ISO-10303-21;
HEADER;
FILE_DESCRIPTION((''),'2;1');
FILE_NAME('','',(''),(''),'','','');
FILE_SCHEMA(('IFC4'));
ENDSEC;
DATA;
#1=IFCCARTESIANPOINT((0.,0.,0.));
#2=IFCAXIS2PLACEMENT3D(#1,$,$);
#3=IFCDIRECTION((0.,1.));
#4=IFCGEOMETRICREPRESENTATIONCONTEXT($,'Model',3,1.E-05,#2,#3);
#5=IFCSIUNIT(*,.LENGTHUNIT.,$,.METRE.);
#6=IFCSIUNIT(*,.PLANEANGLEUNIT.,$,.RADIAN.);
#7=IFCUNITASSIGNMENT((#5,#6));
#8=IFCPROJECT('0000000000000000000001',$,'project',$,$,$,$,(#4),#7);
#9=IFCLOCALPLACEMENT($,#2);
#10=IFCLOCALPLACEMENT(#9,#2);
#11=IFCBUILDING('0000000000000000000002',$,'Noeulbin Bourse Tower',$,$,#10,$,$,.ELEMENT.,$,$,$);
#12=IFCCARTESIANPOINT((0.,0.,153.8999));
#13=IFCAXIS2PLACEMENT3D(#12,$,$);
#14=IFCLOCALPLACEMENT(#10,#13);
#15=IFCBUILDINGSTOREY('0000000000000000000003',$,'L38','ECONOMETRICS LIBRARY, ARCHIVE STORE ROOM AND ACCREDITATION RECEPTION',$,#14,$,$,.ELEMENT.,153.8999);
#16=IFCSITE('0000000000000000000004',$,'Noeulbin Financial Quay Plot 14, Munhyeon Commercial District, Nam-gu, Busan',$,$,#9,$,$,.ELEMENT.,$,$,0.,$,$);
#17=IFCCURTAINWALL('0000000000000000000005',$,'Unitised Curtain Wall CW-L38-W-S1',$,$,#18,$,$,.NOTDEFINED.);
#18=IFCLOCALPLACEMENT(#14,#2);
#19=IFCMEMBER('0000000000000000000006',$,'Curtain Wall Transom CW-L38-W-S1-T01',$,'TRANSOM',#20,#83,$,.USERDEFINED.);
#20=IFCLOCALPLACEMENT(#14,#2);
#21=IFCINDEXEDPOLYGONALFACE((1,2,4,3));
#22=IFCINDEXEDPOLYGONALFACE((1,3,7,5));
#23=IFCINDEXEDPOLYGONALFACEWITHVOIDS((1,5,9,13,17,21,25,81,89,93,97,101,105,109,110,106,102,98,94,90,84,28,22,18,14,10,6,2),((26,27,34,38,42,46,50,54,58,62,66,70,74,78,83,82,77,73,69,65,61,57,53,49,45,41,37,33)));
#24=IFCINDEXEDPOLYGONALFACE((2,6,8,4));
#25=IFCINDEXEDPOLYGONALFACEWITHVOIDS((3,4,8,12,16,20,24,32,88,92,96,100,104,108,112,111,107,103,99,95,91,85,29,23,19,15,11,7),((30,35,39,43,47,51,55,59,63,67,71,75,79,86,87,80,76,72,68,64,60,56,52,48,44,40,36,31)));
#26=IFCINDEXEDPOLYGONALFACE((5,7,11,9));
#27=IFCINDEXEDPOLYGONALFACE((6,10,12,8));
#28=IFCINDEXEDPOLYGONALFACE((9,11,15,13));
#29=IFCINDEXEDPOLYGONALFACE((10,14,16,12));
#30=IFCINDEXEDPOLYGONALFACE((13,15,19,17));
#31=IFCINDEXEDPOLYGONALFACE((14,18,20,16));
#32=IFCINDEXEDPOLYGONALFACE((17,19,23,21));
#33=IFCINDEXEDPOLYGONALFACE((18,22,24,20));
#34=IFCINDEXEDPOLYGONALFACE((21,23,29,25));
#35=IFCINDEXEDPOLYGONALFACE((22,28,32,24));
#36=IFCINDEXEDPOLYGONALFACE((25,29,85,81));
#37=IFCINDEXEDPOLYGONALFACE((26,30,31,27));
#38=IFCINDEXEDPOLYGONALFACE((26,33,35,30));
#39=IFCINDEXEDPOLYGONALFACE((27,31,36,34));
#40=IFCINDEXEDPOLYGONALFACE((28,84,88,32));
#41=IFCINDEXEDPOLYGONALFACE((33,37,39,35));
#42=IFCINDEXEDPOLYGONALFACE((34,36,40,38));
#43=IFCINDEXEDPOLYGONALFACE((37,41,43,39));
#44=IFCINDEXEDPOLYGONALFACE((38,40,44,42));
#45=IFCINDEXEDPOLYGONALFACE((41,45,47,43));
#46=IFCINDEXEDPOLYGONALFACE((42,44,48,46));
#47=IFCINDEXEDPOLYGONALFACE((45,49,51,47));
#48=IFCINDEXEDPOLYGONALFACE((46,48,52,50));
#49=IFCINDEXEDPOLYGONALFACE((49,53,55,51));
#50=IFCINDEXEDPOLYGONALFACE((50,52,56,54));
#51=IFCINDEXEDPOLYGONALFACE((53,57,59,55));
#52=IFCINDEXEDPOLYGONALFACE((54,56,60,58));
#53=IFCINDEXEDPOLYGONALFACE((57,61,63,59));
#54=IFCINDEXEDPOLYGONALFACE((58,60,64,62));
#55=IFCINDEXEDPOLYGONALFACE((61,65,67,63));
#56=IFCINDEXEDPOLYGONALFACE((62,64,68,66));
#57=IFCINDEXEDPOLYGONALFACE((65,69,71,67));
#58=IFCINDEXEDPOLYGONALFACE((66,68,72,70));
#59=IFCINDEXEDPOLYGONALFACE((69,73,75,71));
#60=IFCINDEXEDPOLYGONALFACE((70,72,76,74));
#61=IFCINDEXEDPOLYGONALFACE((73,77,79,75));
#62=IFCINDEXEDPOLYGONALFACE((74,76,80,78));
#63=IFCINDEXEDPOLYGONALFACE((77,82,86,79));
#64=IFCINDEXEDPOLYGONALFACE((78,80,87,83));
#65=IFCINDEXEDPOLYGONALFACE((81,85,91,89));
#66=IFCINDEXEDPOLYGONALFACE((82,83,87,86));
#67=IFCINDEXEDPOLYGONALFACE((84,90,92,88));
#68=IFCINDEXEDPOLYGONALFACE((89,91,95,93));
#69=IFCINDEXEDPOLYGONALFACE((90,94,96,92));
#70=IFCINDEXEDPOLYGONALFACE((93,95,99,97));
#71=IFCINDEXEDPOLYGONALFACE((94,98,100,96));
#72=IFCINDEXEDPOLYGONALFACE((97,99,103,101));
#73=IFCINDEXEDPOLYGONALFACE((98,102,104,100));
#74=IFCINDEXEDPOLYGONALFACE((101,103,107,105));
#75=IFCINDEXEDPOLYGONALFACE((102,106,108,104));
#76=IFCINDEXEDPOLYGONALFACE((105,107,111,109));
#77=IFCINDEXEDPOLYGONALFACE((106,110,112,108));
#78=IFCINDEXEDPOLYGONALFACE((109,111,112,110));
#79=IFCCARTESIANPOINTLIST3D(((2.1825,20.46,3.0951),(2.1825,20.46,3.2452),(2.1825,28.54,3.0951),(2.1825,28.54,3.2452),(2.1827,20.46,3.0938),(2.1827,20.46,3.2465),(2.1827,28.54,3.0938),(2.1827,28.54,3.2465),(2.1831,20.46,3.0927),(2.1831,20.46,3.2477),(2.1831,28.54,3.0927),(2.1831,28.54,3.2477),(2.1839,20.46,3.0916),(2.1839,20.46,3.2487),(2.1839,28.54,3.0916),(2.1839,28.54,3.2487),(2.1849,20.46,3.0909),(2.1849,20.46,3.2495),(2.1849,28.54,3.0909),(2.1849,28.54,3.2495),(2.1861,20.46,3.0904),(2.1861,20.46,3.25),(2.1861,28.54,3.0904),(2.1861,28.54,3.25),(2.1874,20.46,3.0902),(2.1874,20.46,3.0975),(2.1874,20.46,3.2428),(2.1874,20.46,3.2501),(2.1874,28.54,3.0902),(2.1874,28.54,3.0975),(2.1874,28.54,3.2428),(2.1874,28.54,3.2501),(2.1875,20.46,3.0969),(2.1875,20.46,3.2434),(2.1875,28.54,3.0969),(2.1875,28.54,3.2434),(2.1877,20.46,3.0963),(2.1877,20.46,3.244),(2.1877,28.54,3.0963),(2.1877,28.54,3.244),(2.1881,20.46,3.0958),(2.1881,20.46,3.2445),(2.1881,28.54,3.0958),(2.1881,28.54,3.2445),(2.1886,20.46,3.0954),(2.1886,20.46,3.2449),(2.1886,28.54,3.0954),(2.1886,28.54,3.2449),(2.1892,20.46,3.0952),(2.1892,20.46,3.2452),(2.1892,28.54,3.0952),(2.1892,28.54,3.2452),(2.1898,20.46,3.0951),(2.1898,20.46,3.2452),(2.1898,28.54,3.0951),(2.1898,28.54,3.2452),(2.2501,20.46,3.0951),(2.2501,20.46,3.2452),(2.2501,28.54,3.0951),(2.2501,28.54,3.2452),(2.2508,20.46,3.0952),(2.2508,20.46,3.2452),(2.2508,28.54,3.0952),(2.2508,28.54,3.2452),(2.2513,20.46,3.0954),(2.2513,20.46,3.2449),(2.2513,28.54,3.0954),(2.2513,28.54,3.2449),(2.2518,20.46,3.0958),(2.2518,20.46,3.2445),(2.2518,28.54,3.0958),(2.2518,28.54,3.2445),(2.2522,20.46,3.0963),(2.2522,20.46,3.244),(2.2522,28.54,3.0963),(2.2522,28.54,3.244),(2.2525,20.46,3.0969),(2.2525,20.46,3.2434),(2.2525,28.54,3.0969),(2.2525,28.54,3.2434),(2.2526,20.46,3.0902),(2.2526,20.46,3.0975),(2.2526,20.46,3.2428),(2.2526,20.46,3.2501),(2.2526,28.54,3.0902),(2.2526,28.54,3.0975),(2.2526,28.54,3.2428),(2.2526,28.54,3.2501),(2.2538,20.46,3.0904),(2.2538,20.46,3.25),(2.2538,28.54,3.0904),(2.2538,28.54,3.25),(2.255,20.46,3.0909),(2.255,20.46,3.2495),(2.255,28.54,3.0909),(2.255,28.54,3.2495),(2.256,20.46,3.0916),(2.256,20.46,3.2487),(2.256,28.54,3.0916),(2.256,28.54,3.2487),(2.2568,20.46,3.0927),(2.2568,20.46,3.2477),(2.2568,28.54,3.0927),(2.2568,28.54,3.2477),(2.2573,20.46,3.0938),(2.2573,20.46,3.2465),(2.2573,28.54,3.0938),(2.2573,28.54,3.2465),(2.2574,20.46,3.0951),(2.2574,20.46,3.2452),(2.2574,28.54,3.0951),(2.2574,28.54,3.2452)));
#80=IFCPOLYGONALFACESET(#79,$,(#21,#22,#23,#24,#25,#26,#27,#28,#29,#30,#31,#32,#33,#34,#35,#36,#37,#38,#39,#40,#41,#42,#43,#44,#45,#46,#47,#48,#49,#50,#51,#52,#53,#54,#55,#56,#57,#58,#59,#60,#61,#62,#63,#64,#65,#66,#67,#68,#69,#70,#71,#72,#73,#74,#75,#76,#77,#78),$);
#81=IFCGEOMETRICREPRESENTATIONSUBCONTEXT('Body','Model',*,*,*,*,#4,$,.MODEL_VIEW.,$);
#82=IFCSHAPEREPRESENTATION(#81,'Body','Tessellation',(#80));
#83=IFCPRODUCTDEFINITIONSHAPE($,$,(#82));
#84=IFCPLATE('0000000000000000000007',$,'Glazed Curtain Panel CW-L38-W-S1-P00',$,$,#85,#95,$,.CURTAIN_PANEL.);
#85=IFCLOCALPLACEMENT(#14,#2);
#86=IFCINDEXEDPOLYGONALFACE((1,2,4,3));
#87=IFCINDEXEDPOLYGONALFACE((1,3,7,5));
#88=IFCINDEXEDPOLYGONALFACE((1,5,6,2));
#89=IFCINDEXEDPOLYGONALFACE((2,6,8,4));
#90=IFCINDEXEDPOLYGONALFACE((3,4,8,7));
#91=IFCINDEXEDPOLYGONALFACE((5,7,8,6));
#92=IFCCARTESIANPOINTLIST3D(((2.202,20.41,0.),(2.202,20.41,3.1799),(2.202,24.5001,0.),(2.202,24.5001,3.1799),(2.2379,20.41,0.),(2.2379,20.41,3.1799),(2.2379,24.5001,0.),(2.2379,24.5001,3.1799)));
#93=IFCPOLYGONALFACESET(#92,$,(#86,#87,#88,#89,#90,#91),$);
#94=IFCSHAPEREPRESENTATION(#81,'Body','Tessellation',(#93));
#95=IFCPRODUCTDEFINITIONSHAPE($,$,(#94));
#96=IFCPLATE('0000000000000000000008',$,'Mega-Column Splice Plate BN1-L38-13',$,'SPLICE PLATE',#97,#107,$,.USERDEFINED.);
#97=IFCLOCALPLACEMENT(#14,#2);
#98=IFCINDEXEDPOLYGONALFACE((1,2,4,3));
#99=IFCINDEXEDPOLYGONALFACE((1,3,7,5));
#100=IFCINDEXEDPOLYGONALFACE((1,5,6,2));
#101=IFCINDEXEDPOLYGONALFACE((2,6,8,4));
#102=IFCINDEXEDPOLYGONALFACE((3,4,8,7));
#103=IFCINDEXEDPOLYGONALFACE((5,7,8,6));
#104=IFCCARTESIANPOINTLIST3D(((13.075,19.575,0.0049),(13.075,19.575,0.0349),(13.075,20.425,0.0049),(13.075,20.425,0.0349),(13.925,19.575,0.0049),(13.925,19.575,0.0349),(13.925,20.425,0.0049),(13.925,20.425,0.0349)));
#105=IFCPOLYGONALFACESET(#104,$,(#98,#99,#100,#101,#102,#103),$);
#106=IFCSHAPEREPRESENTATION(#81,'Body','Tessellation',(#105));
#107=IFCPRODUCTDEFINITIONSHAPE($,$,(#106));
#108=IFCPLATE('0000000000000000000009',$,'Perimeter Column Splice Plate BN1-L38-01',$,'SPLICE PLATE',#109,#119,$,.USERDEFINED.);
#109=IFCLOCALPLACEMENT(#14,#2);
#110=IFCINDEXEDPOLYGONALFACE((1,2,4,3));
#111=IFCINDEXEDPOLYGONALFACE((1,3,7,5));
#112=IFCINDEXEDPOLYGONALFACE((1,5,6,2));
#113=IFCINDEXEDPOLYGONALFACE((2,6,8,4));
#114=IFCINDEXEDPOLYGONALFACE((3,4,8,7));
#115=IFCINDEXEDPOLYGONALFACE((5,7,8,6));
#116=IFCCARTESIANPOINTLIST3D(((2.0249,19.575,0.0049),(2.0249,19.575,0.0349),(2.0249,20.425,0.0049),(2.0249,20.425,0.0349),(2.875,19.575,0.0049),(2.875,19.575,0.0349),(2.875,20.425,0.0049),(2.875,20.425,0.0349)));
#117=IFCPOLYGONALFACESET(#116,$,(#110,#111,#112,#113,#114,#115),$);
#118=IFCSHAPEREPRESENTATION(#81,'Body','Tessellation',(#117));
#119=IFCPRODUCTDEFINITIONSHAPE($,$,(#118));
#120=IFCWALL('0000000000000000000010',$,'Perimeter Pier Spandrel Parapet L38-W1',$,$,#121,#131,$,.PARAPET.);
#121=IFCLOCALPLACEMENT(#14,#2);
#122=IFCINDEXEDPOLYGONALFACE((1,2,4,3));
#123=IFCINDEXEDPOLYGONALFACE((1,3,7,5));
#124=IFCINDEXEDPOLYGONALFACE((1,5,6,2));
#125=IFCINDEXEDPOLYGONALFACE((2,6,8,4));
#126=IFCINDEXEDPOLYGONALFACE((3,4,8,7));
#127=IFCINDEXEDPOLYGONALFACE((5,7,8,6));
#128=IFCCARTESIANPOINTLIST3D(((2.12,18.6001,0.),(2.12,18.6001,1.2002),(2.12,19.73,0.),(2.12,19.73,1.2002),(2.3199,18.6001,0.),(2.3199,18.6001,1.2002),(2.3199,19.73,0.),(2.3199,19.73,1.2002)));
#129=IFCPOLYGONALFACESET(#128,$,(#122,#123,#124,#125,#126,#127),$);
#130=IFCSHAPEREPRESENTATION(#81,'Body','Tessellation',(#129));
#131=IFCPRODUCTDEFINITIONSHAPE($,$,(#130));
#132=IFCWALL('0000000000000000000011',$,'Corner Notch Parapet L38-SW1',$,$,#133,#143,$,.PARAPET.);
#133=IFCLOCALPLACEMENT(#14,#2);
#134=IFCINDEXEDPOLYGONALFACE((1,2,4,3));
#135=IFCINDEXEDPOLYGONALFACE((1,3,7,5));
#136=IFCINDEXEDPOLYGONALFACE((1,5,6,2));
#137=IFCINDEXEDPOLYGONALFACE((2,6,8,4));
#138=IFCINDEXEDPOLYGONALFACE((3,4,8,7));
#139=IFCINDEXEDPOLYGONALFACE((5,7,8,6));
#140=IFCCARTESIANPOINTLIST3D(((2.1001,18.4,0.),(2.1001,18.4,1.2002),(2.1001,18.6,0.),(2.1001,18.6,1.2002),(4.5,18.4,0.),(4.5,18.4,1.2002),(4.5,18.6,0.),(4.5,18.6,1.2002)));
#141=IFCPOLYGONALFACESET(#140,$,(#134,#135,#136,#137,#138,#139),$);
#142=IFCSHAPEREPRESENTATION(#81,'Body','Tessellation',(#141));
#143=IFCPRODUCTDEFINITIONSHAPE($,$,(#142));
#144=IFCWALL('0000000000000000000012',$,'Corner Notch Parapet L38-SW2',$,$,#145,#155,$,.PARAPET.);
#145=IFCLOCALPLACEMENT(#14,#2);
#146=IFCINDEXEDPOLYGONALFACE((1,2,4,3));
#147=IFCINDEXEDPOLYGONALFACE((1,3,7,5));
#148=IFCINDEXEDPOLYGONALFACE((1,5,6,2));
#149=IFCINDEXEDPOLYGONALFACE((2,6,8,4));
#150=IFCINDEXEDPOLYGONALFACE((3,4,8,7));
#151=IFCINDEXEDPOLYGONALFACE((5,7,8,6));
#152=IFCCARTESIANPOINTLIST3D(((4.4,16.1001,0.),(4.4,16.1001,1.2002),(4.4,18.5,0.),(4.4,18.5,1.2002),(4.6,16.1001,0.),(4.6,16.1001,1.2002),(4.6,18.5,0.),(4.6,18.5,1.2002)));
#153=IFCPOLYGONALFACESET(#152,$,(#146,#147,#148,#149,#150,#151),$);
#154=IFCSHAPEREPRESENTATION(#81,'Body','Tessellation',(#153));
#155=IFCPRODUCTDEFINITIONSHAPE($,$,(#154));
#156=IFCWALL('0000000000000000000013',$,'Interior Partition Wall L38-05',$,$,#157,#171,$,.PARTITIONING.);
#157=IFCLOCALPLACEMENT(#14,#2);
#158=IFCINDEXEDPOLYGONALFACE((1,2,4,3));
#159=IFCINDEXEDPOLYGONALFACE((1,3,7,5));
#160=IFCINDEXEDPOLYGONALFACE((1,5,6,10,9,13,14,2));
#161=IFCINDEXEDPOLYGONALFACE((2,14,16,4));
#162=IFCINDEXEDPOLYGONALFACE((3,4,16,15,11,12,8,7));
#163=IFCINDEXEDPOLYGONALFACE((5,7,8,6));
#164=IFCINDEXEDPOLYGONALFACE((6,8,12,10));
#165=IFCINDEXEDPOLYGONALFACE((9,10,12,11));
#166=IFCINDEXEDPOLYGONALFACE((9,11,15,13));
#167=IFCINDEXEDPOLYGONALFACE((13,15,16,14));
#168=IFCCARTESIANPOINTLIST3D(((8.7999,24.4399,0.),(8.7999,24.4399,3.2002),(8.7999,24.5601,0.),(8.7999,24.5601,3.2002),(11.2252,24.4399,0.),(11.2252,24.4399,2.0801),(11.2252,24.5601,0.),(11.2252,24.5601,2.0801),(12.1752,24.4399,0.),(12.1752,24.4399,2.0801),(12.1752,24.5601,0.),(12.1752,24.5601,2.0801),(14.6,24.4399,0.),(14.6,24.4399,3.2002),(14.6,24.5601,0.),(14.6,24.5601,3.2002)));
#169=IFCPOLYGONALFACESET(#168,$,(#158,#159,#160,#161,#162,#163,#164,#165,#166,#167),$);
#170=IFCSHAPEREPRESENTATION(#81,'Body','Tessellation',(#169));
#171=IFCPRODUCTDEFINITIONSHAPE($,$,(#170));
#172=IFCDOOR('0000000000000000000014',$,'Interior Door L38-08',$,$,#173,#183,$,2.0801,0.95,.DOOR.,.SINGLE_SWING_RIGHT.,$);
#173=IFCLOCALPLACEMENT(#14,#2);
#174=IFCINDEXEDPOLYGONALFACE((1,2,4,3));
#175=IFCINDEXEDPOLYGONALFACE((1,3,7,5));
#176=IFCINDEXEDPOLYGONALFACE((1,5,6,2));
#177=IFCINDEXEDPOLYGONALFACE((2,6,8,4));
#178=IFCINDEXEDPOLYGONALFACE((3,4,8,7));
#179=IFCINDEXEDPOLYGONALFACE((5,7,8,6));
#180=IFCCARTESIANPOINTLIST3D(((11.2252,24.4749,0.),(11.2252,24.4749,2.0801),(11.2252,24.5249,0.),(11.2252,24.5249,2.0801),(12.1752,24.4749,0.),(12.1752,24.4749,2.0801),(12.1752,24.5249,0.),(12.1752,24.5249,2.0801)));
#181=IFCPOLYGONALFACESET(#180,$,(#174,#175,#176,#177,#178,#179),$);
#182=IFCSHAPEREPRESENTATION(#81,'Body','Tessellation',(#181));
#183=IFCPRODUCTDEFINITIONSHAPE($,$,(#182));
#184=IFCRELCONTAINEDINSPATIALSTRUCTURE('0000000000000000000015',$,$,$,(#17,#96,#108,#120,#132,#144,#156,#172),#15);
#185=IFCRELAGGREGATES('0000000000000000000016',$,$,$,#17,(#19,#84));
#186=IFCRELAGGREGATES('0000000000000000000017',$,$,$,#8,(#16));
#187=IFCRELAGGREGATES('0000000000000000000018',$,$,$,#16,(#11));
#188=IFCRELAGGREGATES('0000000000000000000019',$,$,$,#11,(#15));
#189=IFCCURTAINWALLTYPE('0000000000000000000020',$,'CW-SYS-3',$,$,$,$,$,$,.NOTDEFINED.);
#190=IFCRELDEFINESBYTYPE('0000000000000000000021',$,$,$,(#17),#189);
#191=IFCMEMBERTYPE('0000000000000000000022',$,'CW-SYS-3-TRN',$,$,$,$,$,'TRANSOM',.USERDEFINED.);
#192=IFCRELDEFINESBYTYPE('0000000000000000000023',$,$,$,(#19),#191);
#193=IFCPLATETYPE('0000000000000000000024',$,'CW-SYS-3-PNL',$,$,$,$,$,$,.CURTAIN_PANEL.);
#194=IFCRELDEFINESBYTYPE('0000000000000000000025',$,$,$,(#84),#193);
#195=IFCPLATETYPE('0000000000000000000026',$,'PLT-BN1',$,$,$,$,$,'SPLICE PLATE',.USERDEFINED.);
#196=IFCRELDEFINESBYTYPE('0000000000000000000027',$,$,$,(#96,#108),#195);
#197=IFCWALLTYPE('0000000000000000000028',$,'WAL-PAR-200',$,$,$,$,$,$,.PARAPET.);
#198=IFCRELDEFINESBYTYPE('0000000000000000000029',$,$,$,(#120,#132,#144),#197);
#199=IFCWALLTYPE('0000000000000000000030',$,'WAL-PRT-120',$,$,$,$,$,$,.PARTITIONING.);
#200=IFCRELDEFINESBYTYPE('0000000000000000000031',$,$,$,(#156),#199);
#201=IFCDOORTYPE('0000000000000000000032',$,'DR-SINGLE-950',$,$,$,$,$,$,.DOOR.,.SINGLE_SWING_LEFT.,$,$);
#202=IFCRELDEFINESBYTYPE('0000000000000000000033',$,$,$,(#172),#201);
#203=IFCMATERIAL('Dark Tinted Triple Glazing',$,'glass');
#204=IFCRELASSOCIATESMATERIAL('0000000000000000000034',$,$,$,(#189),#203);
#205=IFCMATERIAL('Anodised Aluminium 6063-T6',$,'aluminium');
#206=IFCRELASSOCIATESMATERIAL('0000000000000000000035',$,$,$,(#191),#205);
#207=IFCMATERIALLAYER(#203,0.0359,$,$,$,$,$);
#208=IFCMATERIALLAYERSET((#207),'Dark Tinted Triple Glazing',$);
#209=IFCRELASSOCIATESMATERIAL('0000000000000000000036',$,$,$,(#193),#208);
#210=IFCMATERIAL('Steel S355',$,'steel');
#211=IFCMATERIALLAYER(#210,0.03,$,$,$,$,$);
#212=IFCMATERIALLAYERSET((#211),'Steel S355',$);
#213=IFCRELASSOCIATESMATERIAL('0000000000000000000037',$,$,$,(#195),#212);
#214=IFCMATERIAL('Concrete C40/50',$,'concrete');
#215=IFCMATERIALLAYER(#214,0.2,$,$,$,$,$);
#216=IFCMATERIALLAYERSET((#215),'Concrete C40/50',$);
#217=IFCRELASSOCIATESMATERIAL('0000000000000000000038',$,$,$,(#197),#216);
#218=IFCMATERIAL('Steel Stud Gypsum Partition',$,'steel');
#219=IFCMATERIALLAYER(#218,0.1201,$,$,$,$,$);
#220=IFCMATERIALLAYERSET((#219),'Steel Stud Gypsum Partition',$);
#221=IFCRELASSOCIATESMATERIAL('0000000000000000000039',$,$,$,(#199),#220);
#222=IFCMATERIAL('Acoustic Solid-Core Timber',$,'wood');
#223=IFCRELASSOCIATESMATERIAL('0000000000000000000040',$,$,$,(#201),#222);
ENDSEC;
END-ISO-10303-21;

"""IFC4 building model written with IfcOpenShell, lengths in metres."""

from ifc_helpers import new_model, si_unit, direction, frame, frame_2d, origin, origin_2d, place, context, subcontext, project, spatial, rectangle, hollow_rectangle, extrude, material, layer, layer_set, material_profile, profile_set, type_object, element, fill, aggregate, save


model = new_model("IFC4")

# Units and contexts
model_context = context("Model", 3, precision=1e-05, world=origin(), true_north=direction((0.0, 1.0)))
body_context = subcontext(model_context, "Body", "Model", "MODEL_VIEW")
ifc_project = project(units=[si_unit("LENGTHUNIT", "METRE"), si_unit("PLANEANGLEUNIT", "RADIAN")], contexts=[model_context])

# Site, building, storey
site_placement = place(None, origin())
site = spatial("IfcSite", under=ifc_project, at=site_placement, Name="Noeulbin Financial Quay Plot 14, Munhyeon Commercial District, Nam-gu, Busan", CompositionType="ELEMENT", RefElevation=0.0)
building_placement = place(site_placement, origin())
building = spatial("IfcBuilding", under=site, at=building_placement, Name="Noeulbin Bourse Tower", CompositionType="ELEMENT")
storey_placement = place(building_placement, frame((0.0, 0.0, 153.8999)))
storey = spatial("IfcBuildingStorey", under=building, at=storey_placement, Name="L38", Description="ECONOMETRICS LIBRARY, ARCHIVE STORE ROOM AND ACCREDITATION RECEPTION", CompositionType="ELEMENT", Elevation=153.8999)

# Shared definitions
ifc_material_1 = material(Name="Steel S355", Category="steel")

# Curtain wall, member, plate
ifc_material_2 = material(Name="Dark Tinted Triple Glazing", Category="glass")
curtain_wall_type = type_object("IfcCurtainWallType", Name="CW-SYS-3", PredefinedType="NOTDEFINED", material=ifc_material_2)
curtain_wall_placement = place(storey_placement, origin())
curtain_wall = element("IfcCurtainWall", 1, at=curtain_wall_placement, inside=storey, type_object=curtain_wall_type, Name="Unitised Curtain Wall CW-L38-W-S1", PredefinedType="NOTDEFINED")
ifc_material_3 = material(Name="Anodised Aluminium 6063-T6", Category="aluminium")
ifc_material_profile_1 = material_profile(ifc_material_3, hollow_rectangle(XDim=0.075, YDim=0.1599, WallThickness=0.0049, InnerFilletRadius=0.0024, OuterFilletRadius=0.0049, at=origin_2d()), Name="ALU-TRAN-75x160x5", Category="LoadBearing")
ifc_profile_set_1 = profile_set([ifc_material_profile_1], Name="Anodised Aluminium 6063-T6")
member_type_1 = type_object("IfcMemberType", Name="CW-SYS-3-TRN", ElementType="TRANSOM", PredefinedType="USERDEFINED", material=ifc_profile_set_1)
member_1_placement = place(storey_placement, frame((2.22, 20.46, 3.1702), z_axis=(0.0, 1.0, 0.0), x_axis=(-1.0, 0.0, 0.0)))
member_1 = element("IfcMember", 2, at=member_1_placement, type_object=member_type_1, Name="Curtain Wall Transom CW-L38-W-S1-T01", ObjectType="TRANSOM", PredefinedType="USERDEFINED", context=body_context, shape_type="SweptSolid", body=[
    extrude(hollow_rectangle(XDim=0.075, YDim=0.1599, WallThickness=0.0049, InnerFilletRadius=0.0024, OuterFilletRadius=0.0049, at=origin_2d()), origin(), (0.0, 0.0, 1.0), 8.0801),
])
ifc_layer_1 = layer(ifc_material_2, 0.0359)
ifc_layer_set_1 = layer_set([ifc_layer_1], Name="Dark Tinted Triple Glazing")
plate_type_1 = type_object("IfcPlateType", Name="CW-SYS-3-PNL", PredefinedType="CURTAIN_PANEL", material=ifc_layer_set_1)
plate_placement = place(storey_placement, frame((2.22, 22.4551, 0.0), z_axis=(0.0, 0.0, 1.0), x_axis=(0.0, 1.0, 0.0)))
plate = element("IfcPlate", 3, at=plate_placement, type_object=plate_type_1, Name="Glazed Curtain Panel CW-L38-W-S1-P00", PredefinedType="CURTAIN_PANEL", context=body_context, shape_type="SweptSolid", body=[
    extrude(rectangle(XDim=4.0901, YDim=0.0359, at=origin_2d()), origin(), (0.0, 0.0, 1.0), 3.1799),
])
aggregate(curtain_wall, [member_1, plate])

# Plates
ifc_layer_2 = layer(ifc_material_1, 0.03)
ifc_layer_set_2 = layer_set([ifc_layer_2], Name="Steel S355")
plate_type_2 = type_object("IfcPlateType", Name="PLT-BN1", ElementType="SPLICE PLATE", PredefinedType="USERDEFINED", material=ifc_layer_set_2)
for number, where, z_axis, x_axis, name in (
    (4, (13.5, 20.0, 0.0049), (0.0, 0.0, 1.0), (1.0, 0.0, 0.0), "Mega-Column Splice Plate BN1-L38-13"),
    (5, (2.45, 20.0, 0.0049), (0.0, 0.0, 1.0), (1.0, 0.0, 0.0), "Perimeter Column Splice Plate BN1-L38-01"),
):
    element("IfcPlate", number, at=place(storey_placement, frame(where, z_axis=z_axis, x_axis=x_axis)), inside=storey, type_object=plate_type_2, Name=name, ObjectType="SPLICE PLATE", PredefinedType="USERDEFINED", context=body_context, shape_type="SweptSolid", body=[
        extrude(rectangle(XDim=0.8501, YDim=0.8501, at=origin_2d()), origin(), (0.0, 0.0, 1.0), 0.03),
    ])

# Walls
ifc_material_4 = material(Name="Concrete C40/50", Category="concrete")
ifc_layer_3 = layer(ifc_material_4, 0.2)
ifc_layer_set_3 = layer_set([ifc_layer_3], Name="Concrete C40/50")
wall_type_1 = type_object("IfcWallType", Name="WAL-PAR-200", PredefinedType="PARAPET", material=ifc_layer_set_3)
wall_1_placement = place(storey_placement, frame((2.22, 18.6001, 0.0), z_axis=(0.0, 0.0, 1.0), x_axis=(0.0, 1.0, 0.0)))
element("IfcWall", 6, at=wall_1_placement, inside=storey, type_object=wall_type_1, Name="Perimeter Pier Spandrel Parapet L38-W1", PredefinedType="PARAPET", context=body_context, shape_type="SweptSolid", body=[
    extrude(rectangle(XDim=1.1299, YDim=0.2, at=frame_2d((0.5649, 0.0))), origin(), (0.0, 0.0, 1.0), 1.2002),
])
for number, where, z_axis, x_axis, name in (
    (7, (2.1001, 18.5, 0.0), (0.0, 0.0, 1.0), (1.0, 0.0, 0.0), "Corner Notch Parapet L38-SW1"),
    (8, (4.5, 18.5, 0.0), (0.0, 0.0, 1.0), (0.0, -1.0, 0.0), "Corner Notch Parapet L38-SW2"),
):
    element("IfcWall", number, at=place(storey_placement, frame(where, z_axis=z_axis, x_axis=x_axis)), inside=storey, type_object=wall_type_1, Name=name, PredefinedType="PARAPET", context=body_context, shape_type="SweptSolid", body=[
        extrude(rectangle(XDim=2.3999, YDim=0.2, at=frame_2d((1.2, 0.0))), origin(), (0.0, 0.0, 1.0), 1.2002),
    ])

# Wall, opening, door
ifc_material_5 = material(Name="Steel Stud Gypsum Partition", Category="steel")
ifc_layer_4 = layer(ifc_material_5, 0.1201)
ifc_layer_set_4 = layer_set([ifc_layer_4], Name="Steel Stud Gypsum Partition")
wall_type_2 = type_object("IfcWallType", Name="WAL-PRT-120", PredefinedType="PARTITIONING", material=ifc_layer_set_4)
wall_2_placement = place(storey_placement, frame((8.8, 24.5, 0.0), z_axis=(0.0, 0.0, 1.0), x_axis=(1.0, 0.0, 0.0)))
wall_2 = element("IfcWall", 9, at=wall_2_placement, inside=storey, type_object=wall_type_2, Name="Interior Partition Wall L38-05", PredefinedType="PARTITIONING", context=body_context, shape_type="SweptSolid", body=[
    extrude(rectangle(XDim=5.8, YDim=0.1201, at=frame_2d((2.8999, 0.0))), origin(), (0.0, 0.0, 1.0), 3.2002),
])
opening_placement = place(wall_2_placement, frame((2.425, 0.0, 0.0)))
opening = element("IfcOpeningElement", 10, at=opening_placement, cuts=wall_2, PredefinedType="OPENING", context=body_context, shape_type="SweptSolid", body=[
    extrude(rectangle(XDim=0.95, YDim=2.0801, at=frame_2d((0.4751, 1.04))), frame((0.0, 0.0701, 0.0), z_axis=(0.0, -1.0, 0.0), x_axis=(1.0, 0.0, 0.0)), (0.0, 0.0, 1.0), 0.1401),
])
ifc_material_6 = material(Name="Acoustic Solid-Core Timber", Category="wood")
door_type = type_object("IfcDoorType", Name="DR-SINGLE-950", OperationType="SINGLE_SWING_LEFT", PredefinedType="DOOR", material=ifc_material_6)
door_placement = place(opening_placement, origin())
door = element("IfcDoor", 11, at=door_placement, inside=storey, type_object=door_type, Name="Interior Door L38-08", OperationType="SINGLE_SWING_RIGHT", OverallHeight=2.0801, OverallWidth=0.95, PredefinedType="DOOR", context=body_context, shape_type="SweptSolid", body=[
    extrude(rectangle(XDim=0.95, YDim=2.0801, at=frame_2d((0.4751, 1.04))), frame((0.0, 0.0249, 0.0), z_axis=(0.0, -1.0, 0.0), x_axis=(1.0, 0.0, 0.0)), (0.0, 0.0, 1.0), 0.05),
])
fill(opening, door)

save(model, "model.ifc")
